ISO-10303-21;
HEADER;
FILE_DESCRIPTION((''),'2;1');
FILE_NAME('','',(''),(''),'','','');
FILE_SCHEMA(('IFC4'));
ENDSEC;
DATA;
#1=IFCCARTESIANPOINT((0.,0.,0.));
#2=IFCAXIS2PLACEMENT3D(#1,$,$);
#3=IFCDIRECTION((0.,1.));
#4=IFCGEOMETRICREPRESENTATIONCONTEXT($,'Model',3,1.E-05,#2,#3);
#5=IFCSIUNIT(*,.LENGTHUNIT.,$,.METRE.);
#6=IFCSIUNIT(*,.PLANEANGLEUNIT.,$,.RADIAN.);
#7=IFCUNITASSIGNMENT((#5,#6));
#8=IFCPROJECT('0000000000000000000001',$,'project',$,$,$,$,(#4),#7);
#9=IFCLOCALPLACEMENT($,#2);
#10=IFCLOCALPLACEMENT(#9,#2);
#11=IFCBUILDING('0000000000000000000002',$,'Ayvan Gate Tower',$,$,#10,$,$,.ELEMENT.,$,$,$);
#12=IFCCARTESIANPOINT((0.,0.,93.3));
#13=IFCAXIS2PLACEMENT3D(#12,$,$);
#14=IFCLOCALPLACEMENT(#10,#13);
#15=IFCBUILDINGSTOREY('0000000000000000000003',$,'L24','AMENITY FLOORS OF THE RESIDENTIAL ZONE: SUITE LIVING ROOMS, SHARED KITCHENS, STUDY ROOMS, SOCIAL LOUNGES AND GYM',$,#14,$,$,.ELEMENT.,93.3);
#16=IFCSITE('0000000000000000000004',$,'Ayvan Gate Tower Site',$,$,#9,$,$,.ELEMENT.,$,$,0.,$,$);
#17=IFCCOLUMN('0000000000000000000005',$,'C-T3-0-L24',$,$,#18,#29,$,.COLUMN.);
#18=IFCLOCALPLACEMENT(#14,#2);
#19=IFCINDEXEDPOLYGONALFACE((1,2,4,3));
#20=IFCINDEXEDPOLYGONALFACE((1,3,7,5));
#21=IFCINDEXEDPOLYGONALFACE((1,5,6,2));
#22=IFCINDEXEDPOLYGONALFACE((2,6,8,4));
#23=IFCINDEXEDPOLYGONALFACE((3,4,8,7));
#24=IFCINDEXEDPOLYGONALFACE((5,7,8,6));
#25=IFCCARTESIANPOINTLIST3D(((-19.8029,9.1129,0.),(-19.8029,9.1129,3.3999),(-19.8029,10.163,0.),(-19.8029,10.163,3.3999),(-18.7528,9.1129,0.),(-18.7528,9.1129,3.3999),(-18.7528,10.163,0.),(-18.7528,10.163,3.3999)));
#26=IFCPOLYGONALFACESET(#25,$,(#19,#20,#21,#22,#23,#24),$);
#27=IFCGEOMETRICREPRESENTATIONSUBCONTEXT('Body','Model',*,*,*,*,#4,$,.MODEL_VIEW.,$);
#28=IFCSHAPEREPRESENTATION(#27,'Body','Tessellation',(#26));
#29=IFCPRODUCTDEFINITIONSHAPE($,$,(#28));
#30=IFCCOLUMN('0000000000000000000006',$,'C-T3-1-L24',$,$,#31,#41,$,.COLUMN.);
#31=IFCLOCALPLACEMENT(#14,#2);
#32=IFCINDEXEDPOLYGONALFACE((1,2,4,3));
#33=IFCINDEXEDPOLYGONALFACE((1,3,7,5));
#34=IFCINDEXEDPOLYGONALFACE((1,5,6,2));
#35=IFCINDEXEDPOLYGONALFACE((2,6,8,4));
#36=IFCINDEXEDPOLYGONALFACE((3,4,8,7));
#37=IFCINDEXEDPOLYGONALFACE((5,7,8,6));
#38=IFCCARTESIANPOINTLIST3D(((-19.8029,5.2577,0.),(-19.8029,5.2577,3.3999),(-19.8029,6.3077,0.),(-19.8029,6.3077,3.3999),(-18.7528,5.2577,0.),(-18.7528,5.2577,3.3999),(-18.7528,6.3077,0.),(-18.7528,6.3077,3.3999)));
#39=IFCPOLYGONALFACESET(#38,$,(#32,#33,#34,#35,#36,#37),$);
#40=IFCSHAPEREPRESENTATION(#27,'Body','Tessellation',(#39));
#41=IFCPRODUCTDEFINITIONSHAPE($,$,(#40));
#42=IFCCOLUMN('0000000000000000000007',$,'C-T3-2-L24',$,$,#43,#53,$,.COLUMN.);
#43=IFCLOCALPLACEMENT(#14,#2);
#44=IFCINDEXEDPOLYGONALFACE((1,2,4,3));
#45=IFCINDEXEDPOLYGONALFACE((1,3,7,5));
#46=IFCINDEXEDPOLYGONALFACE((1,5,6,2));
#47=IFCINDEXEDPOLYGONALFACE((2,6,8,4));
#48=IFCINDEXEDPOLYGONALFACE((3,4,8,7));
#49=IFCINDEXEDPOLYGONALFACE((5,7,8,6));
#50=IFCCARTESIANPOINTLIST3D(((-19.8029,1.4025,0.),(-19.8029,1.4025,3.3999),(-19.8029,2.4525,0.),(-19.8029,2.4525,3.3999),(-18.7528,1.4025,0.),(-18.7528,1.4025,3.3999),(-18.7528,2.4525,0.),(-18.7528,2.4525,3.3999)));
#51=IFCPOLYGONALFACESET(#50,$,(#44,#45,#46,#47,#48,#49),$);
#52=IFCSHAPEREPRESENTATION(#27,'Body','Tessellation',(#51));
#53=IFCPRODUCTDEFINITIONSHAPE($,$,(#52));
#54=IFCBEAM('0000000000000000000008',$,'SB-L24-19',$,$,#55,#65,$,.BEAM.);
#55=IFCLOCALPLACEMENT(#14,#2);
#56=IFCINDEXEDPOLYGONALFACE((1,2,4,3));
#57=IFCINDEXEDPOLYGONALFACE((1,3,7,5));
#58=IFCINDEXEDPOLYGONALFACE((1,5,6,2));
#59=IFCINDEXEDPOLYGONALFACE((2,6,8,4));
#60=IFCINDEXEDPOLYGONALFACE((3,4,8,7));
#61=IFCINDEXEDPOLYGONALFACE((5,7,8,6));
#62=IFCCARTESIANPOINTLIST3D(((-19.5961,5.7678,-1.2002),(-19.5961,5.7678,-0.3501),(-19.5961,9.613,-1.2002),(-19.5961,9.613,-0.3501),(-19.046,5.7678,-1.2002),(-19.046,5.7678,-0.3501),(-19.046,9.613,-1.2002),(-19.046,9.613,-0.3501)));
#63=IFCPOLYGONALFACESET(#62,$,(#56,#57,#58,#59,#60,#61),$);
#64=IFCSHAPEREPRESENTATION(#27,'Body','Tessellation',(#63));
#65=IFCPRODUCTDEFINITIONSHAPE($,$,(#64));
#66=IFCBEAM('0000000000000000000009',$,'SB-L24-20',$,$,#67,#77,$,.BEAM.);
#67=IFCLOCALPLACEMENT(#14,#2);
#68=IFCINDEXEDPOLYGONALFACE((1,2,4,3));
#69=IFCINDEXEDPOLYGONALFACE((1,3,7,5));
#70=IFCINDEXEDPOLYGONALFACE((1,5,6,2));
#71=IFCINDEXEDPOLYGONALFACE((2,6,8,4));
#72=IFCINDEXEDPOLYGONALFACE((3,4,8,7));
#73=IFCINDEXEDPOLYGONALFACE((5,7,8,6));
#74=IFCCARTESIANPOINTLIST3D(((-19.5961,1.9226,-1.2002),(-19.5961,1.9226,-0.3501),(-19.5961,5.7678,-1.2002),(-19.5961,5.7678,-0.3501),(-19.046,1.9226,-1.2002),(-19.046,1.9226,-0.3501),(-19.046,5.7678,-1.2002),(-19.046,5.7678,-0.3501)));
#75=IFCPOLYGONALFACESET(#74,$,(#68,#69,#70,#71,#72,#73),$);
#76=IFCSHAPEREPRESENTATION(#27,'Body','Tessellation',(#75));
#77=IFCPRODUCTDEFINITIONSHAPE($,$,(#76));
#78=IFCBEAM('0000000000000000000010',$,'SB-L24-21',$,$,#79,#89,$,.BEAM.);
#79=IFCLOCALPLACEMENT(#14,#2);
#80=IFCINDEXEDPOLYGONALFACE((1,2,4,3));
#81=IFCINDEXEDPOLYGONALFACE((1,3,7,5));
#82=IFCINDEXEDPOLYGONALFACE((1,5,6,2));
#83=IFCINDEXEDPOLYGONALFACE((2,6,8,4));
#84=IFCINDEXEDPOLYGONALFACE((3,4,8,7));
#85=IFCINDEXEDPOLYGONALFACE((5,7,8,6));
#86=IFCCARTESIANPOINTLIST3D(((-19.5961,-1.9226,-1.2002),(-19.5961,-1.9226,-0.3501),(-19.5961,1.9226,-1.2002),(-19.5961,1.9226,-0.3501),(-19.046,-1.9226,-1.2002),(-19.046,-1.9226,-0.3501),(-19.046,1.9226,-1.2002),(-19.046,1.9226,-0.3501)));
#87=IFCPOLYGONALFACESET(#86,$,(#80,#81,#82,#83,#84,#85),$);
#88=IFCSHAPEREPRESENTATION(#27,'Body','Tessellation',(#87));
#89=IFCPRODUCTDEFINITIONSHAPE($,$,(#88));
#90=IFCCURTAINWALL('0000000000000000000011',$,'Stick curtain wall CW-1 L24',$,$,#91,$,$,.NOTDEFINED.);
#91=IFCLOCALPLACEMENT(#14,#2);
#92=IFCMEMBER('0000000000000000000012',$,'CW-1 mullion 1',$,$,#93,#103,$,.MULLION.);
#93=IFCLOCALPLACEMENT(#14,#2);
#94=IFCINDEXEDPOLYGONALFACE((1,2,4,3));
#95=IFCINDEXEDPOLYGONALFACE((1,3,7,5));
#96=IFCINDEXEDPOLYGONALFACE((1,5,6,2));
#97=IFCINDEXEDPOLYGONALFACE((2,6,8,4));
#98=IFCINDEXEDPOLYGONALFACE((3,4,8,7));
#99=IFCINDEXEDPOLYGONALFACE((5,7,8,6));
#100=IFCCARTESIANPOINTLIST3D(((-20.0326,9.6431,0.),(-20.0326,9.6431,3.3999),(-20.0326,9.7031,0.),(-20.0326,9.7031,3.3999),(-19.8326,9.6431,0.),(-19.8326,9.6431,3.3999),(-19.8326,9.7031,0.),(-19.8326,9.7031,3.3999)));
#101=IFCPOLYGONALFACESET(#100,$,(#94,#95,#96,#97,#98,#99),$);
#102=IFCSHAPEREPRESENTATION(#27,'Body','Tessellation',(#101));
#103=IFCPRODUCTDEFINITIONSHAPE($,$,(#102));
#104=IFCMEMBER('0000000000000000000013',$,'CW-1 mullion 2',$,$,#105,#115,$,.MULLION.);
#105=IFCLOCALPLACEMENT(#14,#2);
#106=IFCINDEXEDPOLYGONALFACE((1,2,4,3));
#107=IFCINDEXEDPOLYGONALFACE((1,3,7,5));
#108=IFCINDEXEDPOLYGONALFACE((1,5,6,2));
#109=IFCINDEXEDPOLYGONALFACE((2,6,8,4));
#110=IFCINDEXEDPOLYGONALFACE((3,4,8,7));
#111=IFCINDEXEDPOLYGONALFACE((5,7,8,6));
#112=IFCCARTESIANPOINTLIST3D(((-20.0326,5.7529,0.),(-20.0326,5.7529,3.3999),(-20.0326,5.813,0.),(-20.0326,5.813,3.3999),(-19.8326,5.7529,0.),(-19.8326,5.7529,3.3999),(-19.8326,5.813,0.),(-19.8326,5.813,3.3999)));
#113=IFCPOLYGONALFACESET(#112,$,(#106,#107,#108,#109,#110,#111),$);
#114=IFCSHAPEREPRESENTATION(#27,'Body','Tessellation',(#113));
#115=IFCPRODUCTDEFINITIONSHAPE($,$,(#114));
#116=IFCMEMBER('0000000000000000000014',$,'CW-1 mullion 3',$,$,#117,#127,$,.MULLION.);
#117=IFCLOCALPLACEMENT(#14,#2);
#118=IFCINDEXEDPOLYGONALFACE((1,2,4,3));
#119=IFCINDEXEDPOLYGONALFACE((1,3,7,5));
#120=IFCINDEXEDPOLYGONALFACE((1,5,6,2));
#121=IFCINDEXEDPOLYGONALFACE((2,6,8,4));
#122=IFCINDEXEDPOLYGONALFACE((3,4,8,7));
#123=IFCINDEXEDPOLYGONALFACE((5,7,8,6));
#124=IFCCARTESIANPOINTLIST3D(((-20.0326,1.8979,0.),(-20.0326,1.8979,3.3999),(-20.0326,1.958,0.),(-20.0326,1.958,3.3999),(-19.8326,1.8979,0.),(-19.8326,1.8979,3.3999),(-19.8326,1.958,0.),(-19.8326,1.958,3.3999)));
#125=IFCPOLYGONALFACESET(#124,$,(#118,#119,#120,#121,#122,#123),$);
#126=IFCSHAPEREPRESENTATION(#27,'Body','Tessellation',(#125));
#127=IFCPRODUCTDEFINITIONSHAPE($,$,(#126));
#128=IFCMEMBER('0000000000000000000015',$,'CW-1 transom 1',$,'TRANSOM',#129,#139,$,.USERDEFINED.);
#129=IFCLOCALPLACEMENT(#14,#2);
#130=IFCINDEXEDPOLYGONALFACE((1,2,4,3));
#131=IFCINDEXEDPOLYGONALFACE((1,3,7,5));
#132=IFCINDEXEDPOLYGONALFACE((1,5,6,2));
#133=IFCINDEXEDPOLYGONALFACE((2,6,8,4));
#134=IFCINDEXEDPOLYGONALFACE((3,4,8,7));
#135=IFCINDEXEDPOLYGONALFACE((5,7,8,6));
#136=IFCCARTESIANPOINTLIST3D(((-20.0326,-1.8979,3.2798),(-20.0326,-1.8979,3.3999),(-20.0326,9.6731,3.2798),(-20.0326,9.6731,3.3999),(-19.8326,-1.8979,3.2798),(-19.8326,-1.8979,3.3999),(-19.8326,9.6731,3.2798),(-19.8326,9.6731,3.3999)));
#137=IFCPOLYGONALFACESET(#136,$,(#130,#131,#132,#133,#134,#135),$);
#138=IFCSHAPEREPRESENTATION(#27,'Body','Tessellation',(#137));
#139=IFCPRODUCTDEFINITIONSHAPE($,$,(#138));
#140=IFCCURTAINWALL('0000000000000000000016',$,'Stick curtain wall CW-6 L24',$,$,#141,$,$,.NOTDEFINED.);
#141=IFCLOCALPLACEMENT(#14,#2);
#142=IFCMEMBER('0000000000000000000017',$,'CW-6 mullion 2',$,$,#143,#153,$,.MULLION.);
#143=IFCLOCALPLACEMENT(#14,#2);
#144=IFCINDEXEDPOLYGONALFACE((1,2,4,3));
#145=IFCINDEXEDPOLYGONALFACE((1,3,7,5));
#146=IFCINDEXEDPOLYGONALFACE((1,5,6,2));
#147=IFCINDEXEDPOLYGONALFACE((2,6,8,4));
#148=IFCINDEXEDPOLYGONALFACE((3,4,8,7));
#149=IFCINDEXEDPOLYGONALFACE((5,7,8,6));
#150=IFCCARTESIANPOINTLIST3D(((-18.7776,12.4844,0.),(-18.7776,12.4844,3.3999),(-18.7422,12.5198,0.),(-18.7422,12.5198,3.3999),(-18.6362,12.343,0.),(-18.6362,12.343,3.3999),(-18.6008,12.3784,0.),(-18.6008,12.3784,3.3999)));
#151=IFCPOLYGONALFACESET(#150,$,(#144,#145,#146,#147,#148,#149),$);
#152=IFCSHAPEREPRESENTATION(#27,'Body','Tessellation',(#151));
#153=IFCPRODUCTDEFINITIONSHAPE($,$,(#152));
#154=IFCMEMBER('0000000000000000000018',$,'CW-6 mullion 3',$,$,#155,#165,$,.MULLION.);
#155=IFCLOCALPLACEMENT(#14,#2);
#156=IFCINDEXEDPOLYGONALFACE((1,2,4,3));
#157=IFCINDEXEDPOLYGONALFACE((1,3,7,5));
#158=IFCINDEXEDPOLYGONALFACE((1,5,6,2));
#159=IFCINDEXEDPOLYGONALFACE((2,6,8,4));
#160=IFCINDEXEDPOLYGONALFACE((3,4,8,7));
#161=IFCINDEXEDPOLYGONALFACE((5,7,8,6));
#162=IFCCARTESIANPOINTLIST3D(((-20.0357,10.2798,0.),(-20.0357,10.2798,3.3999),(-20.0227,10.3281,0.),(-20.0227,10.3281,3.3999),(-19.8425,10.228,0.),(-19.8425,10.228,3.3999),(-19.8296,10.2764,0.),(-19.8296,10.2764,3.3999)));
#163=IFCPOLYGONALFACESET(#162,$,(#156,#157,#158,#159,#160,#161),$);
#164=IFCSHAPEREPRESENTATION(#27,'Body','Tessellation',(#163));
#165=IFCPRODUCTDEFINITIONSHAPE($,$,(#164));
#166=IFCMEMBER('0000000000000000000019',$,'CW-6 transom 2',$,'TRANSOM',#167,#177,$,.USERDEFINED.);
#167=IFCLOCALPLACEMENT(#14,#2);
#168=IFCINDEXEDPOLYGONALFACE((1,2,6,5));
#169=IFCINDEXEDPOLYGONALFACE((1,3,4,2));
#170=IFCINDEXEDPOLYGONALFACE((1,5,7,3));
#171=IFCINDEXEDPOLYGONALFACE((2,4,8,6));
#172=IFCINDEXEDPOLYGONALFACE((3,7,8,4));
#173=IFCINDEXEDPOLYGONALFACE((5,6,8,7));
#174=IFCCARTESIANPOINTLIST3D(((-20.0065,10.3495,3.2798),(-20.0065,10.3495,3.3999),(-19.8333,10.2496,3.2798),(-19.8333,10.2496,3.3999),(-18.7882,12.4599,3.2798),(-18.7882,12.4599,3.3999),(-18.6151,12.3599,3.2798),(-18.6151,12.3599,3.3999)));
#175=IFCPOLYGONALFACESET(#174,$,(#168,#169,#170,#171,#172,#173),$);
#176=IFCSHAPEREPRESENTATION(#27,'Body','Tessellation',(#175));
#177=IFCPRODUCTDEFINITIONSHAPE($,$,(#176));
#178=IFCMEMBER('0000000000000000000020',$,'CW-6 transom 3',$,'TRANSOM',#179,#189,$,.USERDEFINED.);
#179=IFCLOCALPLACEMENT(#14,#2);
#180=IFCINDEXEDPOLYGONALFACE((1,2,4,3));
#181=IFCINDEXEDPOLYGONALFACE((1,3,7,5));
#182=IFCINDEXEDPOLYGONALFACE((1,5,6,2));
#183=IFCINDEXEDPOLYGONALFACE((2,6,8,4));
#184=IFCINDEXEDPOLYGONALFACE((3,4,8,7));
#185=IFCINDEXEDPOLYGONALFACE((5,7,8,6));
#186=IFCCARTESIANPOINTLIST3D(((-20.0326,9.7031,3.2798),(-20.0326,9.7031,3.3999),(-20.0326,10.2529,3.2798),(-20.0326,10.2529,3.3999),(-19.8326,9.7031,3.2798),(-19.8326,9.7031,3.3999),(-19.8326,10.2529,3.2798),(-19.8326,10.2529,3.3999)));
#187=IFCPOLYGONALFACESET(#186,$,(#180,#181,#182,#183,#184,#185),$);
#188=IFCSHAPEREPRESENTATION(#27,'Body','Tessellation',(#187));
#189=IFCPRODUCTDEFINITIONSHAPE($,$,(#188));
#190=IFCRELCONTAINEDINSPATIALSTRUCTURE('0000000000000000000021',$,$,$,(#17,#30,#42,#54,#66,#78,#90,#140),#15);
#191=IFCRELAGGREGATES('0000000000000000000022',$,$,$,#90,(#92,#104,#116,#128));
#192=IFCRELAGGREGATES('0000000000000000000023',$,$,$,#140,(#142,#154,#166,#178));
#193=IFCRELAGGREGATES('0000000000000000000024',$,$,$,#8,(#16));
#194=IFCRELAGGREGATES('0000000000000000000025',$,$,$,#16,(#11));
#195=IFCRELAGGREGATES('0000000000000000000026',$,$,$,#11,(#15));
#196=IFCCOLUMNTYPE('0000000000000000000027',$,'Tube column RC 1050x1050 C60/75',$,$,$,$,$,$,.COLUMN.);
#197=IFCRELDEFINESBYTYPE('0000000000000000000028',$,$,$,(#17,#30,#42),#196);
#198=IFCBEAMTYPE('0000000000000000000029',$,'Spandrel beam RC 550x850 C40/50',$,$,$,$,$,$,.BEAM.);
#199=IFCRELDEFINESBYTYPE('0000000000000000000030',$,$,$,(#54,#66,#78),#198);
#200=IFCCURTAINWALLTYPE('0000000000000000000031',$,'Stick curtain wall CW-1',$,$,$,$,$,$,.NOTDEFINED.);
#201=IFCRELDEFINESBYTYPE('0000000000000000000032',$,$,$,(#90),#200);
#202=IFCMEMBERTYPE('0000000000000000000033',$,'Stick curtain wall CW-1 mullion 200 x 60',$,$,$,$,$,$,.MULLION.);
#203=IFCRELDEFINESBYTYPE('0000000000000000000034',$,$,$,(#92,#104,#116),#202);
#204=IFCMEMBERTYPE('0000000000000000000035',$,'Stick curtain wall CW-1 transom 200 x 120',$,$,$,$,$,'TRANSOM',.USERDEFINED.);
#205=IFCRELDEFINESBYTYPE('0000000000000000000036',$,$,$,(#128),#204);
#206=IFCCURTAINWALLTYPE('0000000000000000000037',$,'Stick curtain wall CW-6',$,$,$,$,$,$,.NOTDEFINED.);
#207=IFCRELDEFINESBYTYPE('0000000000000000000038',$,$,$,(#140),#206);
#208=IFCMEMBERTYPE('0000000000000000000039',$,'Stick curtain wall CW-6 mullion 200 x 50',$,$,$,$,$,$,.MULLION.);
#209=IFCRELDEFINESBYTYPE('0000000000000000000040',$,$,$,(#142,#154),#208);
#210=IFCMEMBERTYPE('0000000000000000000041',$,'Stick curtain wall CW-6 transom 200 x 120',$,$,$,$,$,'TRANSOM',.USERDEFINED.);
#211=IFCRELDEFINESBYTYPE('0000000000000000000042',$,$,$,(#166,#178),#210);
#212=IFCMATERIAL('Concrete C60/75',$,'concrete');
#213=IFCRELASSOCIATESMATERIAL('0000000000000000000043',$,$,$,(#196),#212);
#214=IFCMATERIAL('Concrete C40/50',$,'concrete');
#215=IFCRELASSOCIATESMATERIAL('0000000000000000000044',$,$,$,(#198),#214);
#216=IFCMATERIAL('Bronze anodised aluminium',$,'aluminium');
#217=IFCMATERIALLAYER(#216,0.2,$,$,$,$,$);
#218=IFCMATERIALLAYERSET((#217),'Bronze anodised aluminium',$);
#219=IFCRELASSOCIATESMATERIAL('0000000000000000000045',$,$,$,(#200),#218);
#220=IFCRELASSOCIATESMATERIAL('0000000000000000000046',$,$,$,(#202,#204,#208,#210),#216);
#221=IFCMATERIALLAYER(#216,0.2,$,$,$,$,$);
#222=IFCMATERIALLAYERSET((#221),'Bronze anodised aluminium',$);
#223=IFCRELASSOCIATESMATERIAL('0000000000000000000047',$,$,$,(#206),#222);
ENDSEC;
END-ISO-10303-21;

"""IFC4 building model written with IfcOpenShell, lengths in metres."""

from ifc_helpers import new_model, si_unit, direction, frame, origin, origin_2d, place, context, subcontext, project, spatial, rectangle, extrude, material, layer, layer_set, material_profile, profile_set, type_object, element, aggregate, save


model = new_model("IFC4")

# Units and contexts
model_context = context("Model", 3, precision=1e-05, world=origin(), true_north=direction((0.0, 1.0)))
body_context = subcontext(model_context, "Body", "Model", "MODEL_VIEW")
ifc_project = project(units=[si_unit("LENGTHUNIT", "METRE"), si_unit("PLANEANGLEUNIT", "RADIAN")], contexts=[model_context])

# Site, building, storey
site_placement = place(None, origin())
site = spatial("IfcSite", under=ifc_project, at=site_placement, Name="Ayvan Gate Tower Site", CompositionType="ELEMENT", RefElevation=0.0)
building_placement = place(site_placement, origin())
building = spatial("IfcBuilding", under=site, at=building_placement, Name="Ayvan Gate Tower", CompositionType="ELEMENT")
storey_placement = place(building_placement, frame((0.0, 0.0, 93.3)))
storey = spatial("IfcBuildingStorey", under=building, at=storey_placement, Name="L24", Description="AMENITY FLOORS OF THE RESIDENTIAL ZONE: SUITE LIVING ROOMS, SHARED KITCHENS, STUDY ROOMS, SOCIAL LOUNGES AND GYM", CompositionType="ELEMENT", Elevation=93.3)

# Columns
ifc_material_1 = material(Name="Concrete C60/75", Category="concrete")
ifc_material_profile_1 = material_profile(ifc_material_1, rectangle(XDim=1.05, YDim=1.05, at=origin_2d()), Name="RC 1050x1050")
ifc_profile_set_1 = profile_set([ifc_material_profile_1], Name="Concrete C60/75")
column_type = type_object("IfcColumnType", Name="Tube column RC 1050x1050 C60/75", PredefinedType="COLUMN", material=ifc_profile_set_1)
for number, where, z_axis, x_axis, name in (
    (1, (-19.2778, 9.6379, 0.0), (0.0, 0.0, 1.0), (-1.0, 0.0, 0.0), "C-T3-0-L24"),
    (2, (-19.2778, 5.7827, 0.0), (0.0, 0.0, 1.0), (-1.0, 0.0, 0.0), "C-T3-1-L24"),
    (3, (-19.2778, 1.9275, 0.0), (0.0, 0.0, 1.0), (-1.0, 0.0, 0.0), "C-T3-2-L24"),
):
    element("IfcColumn", number, at=place(storey_placement, frame(where, z_axis=z_axis, x_axis=x_axis)), inside=storey, type_object=column_type, Name=name, PredefinedType="COLUMN", context=body_context, shape_type="SweptSolid", body=[
        extrude(rectangle(XDim=1.05, YDim=1.05, at=origin_2d()), origin(), (0.0, 0.0, 1.0), 3.3999),
    ])

# Beams
ifc_material_2 = material(Name="Concrete C40/50", Category="concrete")
ifc_material_profile_2 = material_profile(ifc_material_2, rectangle(XDim=0.55, YDim=0.8501, at=origin_2d()), Name="RC 550x850")
ifc_profile_set_2 = profile_set([ifc_material_profile_2], Name="Concrete C40/50")
beam_type = type_object("IfcBeamType", Name="Spandrel beam RC 550x850 C40/50", PredefinedType="BEAM", material=ifc_profile_set_2)
for number, where, z_axis, x_axis, name in (
    (4, (-19.321, 9.613, -0.7751), (0.0, -1.0, 0.0), (1.0, 0.0, 0.0), "SB-L24-19"),
    (5, (-19.321, 5.7678, -0.7751), (0.0, -1.0, 0.0), (1.0, 0.0, 0.0), "SB-L24-20"),
    (6, (-19.321, 1.9226, -0.7751), (0.0, -1.0, 0.0), (1.0, 0.0, 0.0), "SB-L24-21"),
):
    element("IfcBeam", number, at=place(storey_placement, frame(where, z_axis=z_axis, x_axis=x_axis)), inside=storey, type_object=beam_type, Name=name, PredefinedType="BEAM", context=body_context, shape_type="SweptSolid", body=[
        extrude(rectangle(XDim=0.55, YDim=0.8501, at=origin_2d()), origin(), (0.0, 0.0, 1.0), 3.8452),
    ])

# Curtain walls, members
ifc_material_3 = material(Name="Bronze anodised aluminium", Category="aluminium")
ifc_layer_1 = layer(ifc_material_3, 0.2)
ifc_layer_set_1 = layer_set([ifc_layer_1], Name="Bronze anodised aluminium")
curtain_wall_type_1 = type_object("IfcCurtainWallType", Name="Stick curtain wall CW-1", PredefinedType="NOTDEFINED", material=ifc_layer_set_1)
curtain_wall_1_placement = place(storey_placement, origin())
curtain_wall_1 = element("IfcCurtainWall", 7, at=curtain_wall_1_placement, inside=storey, type_object=curtain_wall_type_1, Name="Stick curtain wall CW-1 L24", PredefinedType="NOTDEFINED")
ifc_material_profile_3 = material_profile(ifc_material_3, rectangle(XDim=0.2, YDim=0.0601, at=origin_2d()), Name="Stick curtain wall CW-1 mullion 200 x 60")
ifc_profile_set_3 = profile_set([ifc_material_profile_3], Name="Bronze anodised aluminium")
member_type_1 = type_object("IfcMemberType", Name="Stick curtain wall CW-1 mullion 200 x 60", PredefinedType="MULLION", material=ifc_profile_set_3)
member_1_placement = place(storey_placement, frame((-19.9326, 9.6731, 0.0), z_axis=(0.0, 0.0, 1.0), x_axis=(-1.0, 0.0, 0.0)))
member_1 = element("IfcMember", 8, at=member_1_placement, type_object=member_type_1, Name="CW-1 mullion 1", PredefinedType="MULLION", context=body_context, shape_type="SweptSolid", body=[
    extrude(rectangle(XDim=0.2, YDim=0.0601, at=origin_2d()), origin(), (0.0, 0.0, 1.0), 3.3999),
])
member_2_placement = place(storey_placement, frame((-19.9326, 5.783, 0.0), z_axis=(0.0, 0.0, 1.0), x_axis=(-1.0, 0.0, 0.0)))
member_2 = element("IfcMember", 9, at=member_2_placement, type_object=member_type_1, Name="CW-1 mullion 2", PredefinedType="MULLION", context=body_context, shape_type="SweptSolid", body=[
    extrude(rectangle(XDim=0.2, YDim=0.0601, at=origin_2d()), origin(), (0.0, 0.0, 1.0), 3.3999),
])
member_3_placement = place(storey_placement, frame((-19.9326, 1.928, 0.0), z_axis=(0.0, 0.0, 1.0), x_axis=(-1.0, 0.0, 0.0)))
member_3 = element("IfcMember", 10, at=member_3_placement, type_object=member_type_1, Name="CW-1 mullion 3", PredefinedType="MULLION", context=body_context, shape_type="SweptSolid", body=[
    extrude(rectangle(XDim=0.2, YDim=0.0601, at=origin_2d()), origin(), (0.0, 0.0, 1.0), 3.3999),
])
ifc_material_profile_4 = material_profile(ifc_material_3, rectangle(XDim=0.2, YDim=0.1201, at=origin_2d()), Name="Stick curtain wall CW-1 transom 200 x 120")
ifc_profile_set_4 = profile_set([ifc_material_profile_4], Name="Bronze anodised aluminium")
member_type_2 = type_object("IfcMemberType", Name="Stick curtain wall CW-1 transom 200 x 120", ElementType="TRANSOM", PredefinedType="USERDEFINED", material=ifc_profile_set_4)
member_4_placement = place(storey_placement, frame((-19.9326, 9.6731, 3.3398), z_axis=(0.0, -1.0, 0.0), x_axis=(1.0, 0.0, 0.0)))
member_4 = element("IfcMember", 11, at=member_4_placement, type_object=member_type_2, Name="CW-1 transom 1", ObjectType="TRANSOM", PredefinedType="USERDEFINED", context=body_context, shape_type="SweptSolid", body=[
    extrude(rectangle(XDim=0.2, YDim=0.1201, at=origin_2d()), origin(), (0.0, 0.0, 1.0), 11.571),
])
ifc_layer_2 = layer(ifc_material_3, 0.2)
ifc_layer_set_2 = layer_set([ifc_layer_2], Name="Bronze anodised aluminium")
curtain_wall_type_2 = type_object("IfcCurtainWallType", Name="Stick curtain wall CW-6", PredefinedType="NOTDEFINED", material=ifc_layer_set_2)
curtain_wall_2_placement = place(storey_placement, origin())
curtain_wall_2 = element("IfcCurtainWall", 12, at=curtain_wall_2_placement, inside=storey, type_object=curtain_wall_type_2, Name="Stick curtain wall CW-6 L24", PredefinedType="NOTDEFINED")
ifc_material_profile_5 = material_profile(ifc_material_3, rectangle(XDim=0.2, YDim=0.05, at=origin_2d()), Name="Stick curtain wall CW-6 mullion 200 x 50")
ifc_profile_set_5 = profile_set([ifc_material_profile_5], Name="Bronze anodised aluminium")
member_type_3 = type_object("IfcMemberType", Name="Stick curtain wall CW-6 mullion 200 x 50", PredefinedType="MULLION", material=ifc_profile_set_5)
member_5_placement = place(storey_placement, frame((-18.6892, 12.4314, 0.0), z_axis=(0.0, 0.0, 1.0), x_axis=(-0.707107, 0.707107, 0.0)))
member_5 = element("IfcMember", 13, at=member_5_placement, type_object=member_type_3, Name="CW-6 mullion 2", PredefinedType="MULLION", context=body_context, shape_type="SweptSolid", body=[
    extrude(rectangle(XDim=0.2, YDim=0.05, at=origin_2d()), origin(), (0.0, 0.0, 1.0), 3.3999),
])
member_6_placement = place(storey_placement, frame((-19.9326, 10.2781, 0.0), z_axis=(0.0, 0.0, 1.0), x_axis=(-0.965926, 0.258819, 0.0)))
member_6 = element("IfcMember", 14, at=member_6_placement, type_object=member_type_3, Name="CW-6 mullion 3", PredefinedType="MULLION", context=body_context, shape_type="SweptSolid", body=[
    extrude(rectangle(XDim=0.2, YDim=0.05, at=origin_2d()), origin(), (0.0, 0.0, 1.0), 3.3999),
])
ifc_material_profile_6 = material_profile(ifc_material_3, rectangle(XDim=0.2, YDim=0.1201, at=origin_2d()), Name="Stick curtain wall CW-6 transom 200 x 120")
ifc_profile_set_6 = profile_set([ifc_material_profile_6], Name="Bronze anodised aluminium")
member_type_4 = type_object("IfcMemberType", Name="Stick curtain wall CW-6 transom 200 x 120", ElementType="TRANSOM", PredefinedType="USERDEFINED", material=ifc_profile_set_6)
member_7_placement = place(storey_placement, frame((-18.7017, 12.4099, 3.3398), z_axis=(-0.499954, -0.866052, 0.0), x_axis=(0.866052, -0.499954, 0.0)))
member_7 = element("IfcMember", 15, at=member_7_placement, type_object=member_type_4, Name="CW-6 transom 2", ObjectType="TRANSOM", PredefinedType="USERDEFINED", context=body_context, shape_type="SweptSolid", body=[
    extrude(rectangle(XDim=0.2, YDim=0.1201, at=origin_2d()), origin(), (0.0, 0.0, 1.0), 2.4368),
])
member_8_placement = place(storey_placement, frame((-19.9326, 10.2529, 3.3398), z_axis=(0.0, -1.0, 0.0), x_axis=(1.0, 0.0, 0.0)))
member_8 = element("IfcMember", 16, at=member_8_placement, type_object=member_type_4, Name="CW-6 transom 3", ObjectType="TRANSOM", PredefinedType="USERDEFINED", context=body_context, shape_type="SweptSolid", body=[
    extrude(rectangle(XDim=0.2, YDim=0.1201, at=origin_2d()), origin(), (0.0, 0.0, 1.0), 0.5498),
])

aggregate(curtain_wall_1, [member_1, member_2, member_3, member_4])
aggregate(curtain_wall_2, [member_5, member_6, member_7, member_8])

save(model, "model.ifc")
